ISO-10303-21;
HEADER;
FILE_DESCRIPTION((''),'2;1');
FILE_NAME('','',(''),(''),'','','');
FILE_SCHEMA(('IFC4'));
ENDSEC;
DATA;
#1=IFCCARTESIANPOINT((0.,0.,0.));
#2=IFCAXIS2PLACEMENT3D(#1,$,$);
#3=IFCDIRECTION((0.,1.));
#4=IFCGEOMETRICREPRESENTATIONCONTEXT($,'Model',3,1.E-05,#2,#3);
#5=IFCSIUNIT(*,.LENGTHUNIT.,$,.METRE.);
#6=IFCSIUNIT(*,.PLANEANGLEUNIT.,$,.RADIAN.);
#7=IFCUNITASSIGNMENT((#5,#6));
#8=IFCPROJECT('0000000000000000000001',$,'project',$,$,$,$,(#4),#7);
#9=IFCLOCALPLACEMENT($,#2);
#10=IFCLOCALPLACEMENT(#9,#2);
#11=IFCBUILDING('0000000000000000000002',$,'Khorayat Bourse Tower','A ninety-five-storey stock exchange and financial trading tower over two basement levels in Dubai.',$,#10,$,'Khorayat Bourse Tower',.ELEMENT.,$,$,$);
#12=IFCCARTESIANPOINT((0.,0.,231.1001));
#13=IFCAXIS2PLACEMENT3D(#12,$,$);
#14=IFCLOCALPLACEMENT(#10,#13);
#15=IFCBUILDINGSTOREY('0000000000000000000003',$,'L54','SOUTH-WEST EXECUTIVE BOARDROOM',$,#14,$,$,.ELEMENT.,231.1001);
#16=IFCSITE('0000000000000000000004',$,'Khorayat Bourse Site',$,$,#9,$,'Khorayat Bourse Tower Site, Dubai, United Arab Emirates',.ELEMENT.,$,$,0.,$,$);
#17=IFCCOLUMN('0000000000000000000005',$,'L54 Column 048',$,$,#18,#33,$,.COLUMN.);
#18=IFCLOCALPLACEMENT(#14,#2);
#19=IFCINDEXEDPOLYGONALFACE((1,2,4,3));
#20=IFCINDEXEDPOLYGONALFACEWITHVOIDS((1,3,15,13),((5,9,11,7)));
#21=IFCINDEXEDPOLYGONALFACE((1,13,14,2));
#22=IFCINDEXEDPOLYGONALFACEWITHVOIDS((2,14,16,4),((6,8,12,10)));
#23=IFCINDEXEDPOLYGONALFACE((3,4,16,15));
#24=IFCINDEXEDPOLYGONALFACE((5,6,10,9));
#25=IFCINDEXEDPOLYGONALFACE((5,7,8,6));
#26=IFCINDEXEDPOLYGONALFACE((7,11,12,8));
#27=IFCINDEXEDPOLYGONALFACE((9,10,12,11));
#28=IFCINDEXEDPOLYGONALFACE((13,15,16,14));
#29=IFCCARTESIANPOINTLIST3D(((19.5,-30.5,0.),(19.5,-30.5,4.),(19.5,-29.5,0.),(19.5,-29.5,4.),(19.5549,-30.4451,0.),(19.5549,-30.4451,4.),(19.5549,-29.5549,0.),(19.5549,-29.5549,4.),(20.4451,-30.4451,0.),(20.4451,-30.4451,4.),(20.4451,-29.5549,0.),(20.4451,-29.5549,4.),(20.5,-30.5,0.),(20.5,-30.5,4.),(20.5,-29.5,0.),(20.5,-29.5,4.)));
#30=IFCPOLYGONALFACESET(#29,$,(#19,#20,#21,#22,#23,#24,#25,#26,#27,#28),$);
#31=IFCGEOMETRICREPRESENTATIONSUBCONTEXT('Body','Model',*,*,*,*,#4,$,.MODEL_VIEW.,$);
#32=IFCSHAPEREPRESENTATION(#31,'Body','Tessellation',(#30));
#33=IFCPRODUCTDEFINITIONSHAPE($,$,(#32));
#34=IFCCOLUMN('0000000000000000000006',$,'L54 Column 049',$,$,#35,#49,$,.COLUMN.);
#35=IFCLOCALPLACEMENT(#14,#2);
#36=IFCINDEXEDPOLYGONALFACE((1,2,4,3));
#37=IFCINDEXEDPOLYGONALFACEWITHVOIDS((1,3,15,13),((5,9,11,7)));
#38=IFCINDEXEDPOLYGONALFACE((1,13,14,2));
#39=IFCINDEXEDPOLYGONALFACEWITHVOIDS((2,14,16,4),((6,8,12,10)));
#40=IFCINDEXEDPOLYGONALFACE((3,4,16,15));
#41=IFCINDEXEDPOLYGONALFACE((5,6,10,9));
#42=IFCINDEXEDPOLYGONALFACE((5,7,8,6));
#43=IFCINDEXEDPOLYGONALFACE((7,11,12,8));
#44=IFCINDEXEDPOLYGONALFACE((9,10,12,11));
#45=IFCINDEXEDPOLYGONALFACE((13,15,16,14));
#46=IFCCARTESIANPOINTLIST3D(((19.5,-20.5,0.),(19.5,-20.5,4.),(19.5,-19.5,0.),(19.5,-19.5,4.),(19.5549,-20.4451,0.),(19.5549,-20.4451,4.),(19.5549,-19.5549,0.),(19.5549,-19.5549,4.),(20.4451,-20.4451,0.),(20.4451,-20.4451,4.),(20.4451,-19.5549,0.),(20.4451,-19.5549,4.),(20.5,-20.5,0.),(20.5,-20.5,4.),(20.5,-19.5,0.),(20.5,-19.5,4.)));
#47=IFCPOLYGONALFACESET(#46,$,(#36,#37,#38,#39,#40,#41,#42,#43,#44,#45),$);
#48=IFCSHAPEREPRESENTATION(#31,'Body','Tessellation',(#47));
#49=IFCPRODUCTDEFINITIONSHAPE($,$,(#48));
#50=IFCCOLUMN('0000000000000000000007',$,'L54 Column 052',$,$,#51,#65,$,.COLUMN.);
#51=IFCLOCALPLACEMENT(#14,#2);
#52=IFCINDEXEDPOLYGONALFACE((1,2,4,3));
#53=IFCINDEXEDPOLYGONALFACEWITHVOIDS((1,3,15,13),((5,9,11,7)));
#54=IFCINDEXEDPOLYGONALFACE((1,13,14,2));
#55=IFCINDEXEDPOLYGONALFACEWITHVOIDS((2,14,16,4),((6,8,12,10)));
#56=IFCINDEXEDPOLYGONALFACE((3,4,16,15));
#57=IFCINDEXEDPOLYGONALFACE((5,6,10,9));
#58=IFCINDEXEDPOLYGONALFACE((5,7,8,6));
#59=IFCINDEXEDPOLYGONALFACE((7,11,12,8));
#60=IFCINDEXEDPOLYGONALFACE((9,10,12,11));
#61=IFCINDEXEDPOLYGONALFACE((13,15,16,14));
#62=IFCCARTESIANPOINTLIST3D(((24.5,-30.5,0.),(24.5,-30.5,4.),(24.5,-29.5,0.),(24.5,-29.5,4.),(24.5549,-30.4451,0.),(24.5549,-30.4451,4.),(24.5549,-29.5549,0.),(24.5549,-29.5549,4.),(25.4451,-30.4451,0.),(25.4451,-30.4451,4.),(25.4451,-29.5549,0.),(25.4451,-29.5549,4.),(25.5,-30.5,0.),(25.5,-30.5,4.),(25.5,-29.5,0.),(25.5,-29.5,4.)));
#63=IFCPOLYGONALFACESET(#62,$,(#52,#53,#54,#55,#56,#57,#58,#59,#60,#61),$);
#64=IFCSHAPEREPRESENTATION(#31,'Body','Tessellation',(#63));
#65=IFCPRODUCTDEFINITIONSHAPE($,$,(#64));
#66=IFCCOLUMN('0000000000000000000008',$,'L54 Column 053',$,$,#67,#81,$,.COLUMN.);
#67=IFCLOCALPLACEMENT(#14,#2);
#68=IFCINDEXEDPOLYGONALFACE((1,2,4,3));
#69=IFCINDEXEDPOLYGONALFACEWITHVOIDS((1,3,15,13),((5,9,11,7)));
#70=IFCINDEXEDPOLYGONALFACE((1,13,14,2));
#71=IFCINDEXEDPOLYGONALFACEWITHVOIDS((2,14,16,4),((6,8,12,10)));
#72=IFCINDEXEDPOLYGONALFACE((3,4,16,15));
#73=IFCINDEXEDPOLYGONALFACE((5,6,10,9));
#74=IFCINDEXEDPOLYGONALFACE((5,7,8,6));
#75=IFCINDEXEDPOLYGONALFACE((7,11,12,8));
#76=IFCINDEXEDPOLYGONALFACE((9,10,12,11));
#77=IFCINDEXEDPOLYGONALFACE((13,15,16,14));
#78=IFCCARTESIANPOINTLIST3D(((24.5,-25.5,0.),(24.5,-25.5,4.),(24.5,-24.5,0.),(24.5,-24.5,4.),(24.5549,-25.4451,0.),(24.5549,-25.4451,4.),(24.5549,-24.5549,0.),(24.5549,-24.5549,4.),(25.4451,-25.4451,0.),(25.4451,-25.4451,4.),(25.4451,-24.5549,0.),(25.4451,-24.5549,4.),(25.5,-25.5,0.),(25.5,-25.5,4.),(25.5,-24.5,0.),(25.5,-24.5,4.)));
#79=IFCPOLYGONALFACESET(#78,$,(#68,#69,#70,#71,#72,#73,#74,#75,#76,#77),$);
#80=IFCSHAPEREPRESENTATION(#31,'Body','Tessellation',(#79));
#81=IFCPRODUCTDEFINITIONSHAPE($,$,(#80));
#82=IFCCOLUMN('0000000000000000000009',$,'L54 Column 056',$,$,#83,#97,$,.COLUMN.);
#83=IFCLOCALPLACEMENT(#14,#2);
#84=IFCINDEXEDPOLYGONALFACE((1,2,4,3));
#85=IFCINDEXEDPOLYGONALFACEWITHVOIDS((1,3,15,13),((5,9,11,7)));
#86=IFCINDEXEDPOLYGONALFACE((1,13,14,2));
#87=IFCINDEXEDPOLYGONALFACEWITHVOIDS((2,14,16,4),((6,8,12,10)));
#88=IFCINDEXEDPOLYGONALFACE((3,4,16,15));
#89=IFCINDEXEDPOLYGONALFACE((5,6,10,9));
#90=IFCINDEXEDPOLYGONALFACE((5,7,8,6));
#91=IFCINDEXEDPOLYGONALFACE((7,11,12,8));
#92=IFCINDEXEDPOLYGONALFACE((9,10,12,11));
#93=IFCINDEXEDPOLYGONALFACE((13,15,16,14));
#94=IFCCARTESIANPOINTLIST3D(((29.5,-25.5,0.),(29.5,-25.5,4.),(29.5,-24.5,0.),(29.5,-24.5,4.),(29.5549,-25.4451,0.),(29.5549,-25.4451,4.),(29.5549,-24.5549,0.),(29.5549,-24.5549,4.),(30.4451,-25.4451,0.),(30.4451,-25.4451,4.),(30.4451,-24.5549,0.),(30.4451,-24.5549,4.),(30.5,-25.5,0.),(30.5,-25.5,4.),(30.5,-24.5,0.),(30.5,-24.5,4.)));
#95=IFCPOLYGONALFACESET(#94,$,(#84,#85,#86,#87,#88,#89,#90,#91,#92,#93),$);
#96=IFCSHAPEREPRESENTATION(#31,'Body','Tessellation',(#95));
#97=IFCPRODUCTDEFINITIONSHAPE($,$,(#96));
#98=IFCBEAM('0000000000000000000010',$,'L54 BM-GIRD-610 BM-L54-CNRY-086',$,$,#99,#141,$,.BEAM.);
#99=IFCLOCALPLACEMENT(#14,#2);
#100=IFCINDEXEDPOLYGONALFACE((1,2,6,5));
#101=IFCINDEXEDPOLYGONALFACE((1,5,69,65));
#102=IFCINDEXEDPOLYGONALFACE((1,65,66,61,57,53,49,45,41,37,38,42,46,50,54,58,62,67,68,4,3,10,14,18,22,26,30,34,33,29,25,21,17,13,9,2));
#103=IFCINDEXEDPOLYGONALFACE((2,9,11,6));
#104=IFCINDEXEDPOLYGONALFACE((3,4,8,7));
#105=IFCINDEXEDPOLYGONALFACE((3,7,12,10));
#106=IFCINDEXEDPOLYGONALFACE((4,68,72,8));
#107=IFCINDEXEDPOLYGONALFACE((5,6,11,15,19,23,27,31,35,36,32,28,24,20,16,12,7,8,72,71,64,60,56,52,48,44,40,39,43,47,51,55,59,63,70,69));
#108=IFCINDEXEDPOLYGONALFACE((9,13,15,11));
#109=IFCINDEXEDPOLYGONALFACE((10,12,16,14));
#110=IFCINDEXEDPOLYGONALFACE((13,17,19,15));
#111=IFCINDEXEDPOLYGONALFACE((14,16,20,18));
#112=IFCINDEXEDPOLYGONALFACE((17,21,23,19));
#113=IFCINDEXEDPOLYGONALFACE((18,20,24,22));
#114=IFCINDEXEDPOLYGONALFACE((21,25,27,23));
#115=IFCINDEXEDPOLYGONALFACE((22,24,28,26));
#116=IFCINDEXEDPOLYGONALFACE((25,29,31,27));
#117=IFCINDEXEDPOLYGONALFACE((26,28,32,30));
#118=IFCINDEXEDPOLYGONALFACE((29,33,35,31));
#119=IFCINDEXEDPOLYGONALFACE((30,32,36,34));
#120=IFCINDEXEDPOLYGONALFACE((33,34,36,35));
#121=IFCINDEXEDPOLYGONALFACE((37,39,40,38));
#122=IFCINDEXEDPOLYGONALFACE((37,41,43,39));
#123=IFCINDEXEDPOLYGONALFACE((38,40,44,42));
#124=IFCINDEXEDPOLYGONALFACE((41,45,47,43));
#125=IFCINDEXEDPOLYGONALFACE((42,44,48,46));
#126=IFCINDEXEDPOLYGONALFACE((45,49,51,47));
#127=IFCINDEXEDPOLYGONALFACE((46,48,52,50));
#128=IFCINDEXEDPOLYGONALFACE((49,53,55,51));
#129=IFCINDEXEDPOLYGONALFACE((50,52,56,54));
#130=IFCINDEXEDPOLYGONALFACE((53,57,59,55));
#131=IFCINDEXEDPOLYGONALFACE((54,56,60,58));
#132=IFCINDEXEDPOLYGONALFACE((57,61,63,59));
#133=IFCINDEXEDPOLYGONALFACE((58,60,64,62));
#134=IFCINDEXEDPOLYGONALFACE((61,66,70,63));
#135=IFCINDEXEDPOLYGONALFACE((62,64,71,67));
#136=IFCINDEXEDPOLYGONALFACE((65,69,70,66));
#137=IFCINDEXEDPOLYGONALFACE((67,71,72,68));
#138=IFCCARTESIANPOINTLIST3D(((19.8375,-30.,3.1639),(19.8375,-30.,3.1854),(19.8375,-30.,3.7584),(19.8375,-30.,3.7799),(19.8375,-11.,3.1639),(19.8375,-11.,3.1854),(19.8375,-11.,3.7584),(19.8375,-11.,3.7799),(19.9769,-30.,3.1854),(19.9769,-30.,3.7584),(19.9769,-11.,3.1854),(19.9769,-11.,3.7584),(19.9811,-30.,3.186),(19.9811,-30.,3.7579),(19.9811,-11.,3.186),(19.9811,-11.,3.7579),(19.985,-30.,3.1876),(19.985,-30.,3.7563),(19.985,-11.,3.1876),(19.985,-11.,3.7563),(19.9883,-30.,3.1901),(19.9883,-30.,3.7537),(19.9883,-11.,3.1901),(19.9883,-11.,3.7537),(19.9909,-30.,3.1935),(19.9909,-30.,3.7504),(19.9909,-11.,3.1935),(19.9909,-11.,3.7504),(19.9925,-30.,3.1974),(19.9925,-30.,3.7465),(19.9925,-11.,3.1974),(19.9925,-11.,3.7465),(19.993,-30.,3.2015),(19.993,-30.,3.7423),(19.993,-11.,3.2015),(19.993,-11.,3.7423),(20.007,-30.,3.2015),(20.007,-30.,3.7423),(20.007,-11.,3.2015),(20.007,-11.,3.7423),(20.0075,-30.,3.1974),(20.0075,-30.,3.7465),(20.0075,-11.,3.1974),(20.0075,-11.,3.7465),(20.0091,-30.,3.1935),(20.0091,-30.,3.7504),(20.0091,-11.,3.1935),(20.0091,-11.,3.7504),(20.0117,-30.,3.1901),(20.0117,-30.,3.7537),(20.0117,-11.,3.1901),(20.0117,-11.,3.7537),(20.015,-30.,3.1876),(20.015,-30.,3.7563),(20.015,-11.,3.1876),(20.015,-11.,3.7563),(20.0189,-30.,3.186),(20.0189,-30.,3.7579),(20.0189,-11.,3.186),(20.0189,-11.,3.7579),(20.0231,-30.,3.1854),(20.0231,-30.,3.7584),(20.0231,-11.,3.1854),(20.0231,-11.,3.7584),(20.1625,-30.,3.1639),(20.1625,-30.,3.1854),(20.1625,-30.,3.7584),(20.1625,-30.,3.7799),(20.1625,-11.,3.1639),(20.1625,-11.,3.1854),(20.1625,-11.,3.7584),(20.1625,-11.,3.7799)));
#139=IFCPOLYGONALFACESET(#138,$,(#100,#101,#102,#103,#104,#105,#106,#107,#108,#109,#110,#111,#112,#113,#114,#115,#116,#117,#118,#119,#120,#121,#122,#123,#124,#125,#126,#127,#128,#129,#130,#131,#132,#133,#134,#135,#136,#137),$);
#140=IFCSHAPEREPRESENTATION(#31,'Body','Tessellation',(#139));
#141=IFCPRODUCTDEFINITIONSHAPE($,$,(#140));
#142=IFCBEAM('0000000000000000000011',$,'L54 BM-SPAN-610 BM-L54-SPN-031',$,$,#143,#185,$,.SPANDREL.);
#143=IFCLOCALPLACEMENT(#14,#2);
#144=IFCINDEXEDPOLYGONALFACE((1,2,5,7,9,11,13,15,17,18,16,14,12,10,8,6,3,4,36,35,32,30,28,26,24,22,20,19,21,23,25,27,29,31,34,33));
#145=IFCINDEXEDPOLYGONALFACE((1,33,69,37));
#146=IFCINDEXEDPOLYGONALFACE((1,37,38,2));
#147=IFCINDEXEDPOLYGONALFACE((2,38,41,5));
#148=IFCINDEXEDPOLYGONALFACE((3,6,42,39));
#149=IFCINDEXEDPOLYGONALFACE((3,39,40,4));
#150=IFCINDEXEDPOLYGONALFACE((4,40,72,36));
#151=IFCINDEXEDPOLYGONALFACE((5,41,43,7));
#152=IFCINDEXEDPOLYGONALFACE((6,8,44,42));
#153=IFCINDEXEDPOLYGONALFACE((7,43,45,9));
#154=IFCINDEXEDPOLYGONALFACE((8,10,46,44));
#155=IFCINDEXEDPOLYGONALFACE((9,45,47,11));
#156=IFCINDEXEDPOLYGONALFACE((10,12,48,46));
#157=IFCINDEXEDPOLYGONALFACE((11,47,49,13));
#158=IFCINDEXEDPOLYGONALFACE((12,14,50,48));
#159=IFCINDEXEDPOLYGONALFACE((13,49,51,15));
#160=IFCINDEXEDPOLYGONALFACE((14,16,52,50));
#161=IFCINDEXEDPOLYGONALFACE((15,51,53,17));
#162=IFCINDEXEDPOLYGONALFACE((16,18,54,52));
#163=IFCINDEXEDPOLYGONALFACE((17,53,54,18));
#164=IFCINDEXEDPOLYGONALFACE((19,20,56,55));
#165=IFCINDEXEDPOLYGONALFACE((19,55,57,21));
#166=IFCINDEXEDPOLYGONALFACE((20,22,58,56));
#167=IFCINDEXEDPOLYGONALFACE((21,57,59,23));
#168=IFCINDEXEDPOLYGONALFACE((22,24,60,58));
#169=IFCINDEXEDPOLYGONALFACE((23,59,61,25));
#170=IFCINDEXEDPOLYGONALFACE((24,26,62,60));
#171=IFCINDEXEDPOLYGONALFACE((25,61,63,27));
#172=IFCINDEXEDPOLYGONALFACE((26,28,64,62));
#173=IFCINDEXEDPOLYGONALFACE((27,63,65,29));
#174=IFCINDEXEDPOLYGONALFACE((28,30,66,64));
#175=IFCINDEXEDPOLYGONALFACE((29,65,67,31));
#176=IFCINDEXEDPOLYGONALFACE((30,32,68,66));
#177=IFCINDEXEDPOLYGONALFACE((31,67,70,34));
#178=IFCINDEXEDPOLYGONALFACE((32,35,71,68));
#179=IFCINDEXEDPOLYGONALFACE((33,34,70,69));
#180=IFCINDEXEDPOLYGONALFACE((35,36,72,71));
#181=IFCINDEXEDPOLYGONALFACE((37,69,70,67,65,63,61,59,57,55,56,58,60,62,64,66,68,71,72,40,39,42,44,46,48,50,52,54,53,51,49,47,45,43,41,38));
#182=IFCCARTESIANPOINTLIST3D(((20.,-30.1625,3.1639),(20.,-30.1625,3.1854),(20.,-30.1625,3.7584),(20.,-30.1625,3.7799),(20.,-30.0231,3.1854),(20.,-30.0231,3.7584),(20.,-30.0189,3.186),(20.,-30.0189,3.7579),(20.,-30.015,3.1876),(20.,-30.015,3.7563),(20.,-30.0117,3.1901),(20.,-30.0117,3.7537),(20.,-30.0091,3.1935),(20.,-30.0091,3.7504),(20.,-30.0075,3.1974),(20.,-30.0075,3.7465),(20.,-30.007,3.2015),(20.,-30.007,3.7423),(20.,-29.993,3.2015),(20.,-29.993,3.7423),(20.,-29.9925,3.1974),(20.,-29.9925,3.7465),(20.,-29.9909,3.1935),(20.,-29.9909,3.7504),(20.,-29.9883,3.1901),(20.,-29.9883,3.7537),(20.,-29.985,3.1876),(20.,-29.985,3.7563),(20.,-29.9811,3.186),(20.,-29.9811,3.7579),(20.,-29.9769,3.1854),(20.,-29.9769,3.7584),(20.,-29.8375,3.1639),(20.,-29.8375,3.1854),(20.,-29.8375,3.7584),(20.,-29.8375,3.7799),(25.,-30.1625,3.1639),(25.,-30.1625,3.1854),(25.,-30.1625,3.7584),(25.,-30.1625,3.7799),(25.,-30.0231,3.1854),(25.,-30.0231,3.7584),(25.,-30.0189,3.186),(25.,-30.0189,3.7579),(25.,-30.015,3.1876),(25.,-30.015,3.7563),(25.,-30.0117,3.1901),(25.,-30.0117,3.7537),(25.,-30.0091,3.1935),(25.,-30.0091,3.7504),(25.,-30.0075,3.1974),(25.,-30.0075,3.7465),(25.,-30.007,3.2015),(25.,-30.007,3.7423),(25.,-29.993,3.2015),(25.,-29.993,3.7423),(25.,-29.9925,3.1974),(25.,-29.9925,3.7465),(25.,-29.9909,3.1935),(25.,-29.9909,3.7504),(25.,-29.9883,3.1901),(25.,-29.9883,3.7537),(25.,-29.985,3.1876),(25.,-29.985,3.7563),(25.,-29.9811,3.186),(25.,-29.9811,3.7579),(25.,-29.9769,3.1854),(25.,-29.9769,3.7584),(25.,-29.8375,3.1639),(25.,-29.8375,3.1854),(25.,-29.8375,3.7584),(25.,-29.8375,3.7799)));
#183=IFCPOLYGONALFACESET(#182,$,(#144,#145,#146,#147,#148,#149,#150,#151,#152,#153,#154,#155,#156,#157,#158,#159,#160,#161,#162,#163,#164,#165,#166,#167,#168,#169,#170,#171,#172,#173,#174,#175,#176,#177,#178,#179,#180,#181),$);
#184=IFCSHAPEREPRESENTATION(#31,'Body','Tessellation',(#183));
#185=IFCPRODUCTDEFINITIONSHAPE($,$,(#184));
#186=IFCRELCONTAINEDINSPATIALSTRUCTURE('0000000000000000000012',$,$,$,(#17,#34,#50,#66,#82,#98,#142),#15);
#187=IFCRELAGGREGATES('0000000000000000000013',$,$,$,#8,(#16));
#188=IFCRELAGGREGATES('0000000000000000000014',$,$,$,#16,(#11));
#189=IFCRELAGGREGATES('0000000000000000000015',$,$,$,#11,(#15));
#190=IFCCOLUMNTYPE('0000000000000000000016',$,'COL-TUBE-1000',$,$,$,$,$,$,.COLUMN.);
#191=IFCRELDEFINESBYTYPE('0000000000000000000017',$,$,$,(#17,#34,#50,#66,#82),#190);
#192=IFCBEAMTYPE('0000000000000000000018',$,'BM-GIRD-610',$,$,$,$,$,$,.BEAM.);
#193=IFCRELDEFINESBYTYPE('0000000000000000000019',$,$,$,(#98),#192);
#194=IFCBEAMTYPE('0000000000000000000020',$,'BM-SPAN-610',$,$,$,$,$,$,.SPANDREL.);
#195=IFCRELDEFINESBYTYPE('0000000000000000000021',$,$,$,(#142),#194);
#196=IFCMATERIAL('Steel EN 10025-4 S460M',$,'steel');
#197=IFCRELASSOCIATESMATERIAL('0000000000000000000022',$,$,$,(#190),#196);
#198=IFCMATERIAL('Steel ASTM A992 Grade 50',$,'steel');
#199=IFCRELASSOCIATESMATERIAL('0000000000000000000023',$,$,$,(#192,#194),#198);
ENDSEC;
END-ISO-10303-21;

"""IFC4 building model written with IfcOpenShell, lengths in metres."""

from ifc_helpers import new_model, si_unit, direction, frame, origin, origin_2d, place, context, subcontext, project, spatial, hollow_rectangle, i_section, extrude, source, transform, mapped, material, material_profile, profile_set, type_object, element, save


model = new_model("IFC4")

# Units and contexts
model_context = context("Model", 3, precision=1e-05, world=origin(), true_north=direction((0.0, 1.0)))
body_context = subcontext(model_context, "Body", "Model", "MODEL_VIEW")
ifc_project = project(units=[si_unit("LENGTHUNIT", "METRE"), si_unit("PLANEANGLEUNIT", "RADIAN")], contexts=[model_context])

# Site, building, storey
site_placement = place(None, origin())
site = spatial("IfcSite", under=ifc_project, at=site_placement, Name="Khorayat Bourse Site", LongName="Khorayat Bourse Tower Site, Dubai, United Arab Emirates", CompositionType="ELEMENT", RefElevation=0.0)
building_placement = place(site_placement, origin())
building = spatial("IfcBuilding", under=site, at=building_placement, Name="Khorayat Bourse Tower", Description="A ninety-five-storey stock exchange and financial trading tower over two basement levels in Dubai.", LongName="Khorayat Bourse Tower", CompositionType="ELEMENT")
storey_placement = place(building_placement, frame((0.0, 0.0, 231.1001)))
storey = spatial("IfcBuildingStorey", under=building, at=storey_placement, Name="L54", Description="SOUTH-WEST EXECUTIVE BOARDROOM", CompositionType="ELEMENT", Elevation=231.1001)

# Columns
ifc_material_1 = material(Name="Steel EN 10025-4 S460M", Category="steel")
ifc_material_profile_1 = material_profile(ifc_material_1, hollow_rectangle(XDim=1.0, YDim=1.0, WallThickness=0.0549, at=origin_2d()), Name="BOX 1000x1000x55")
ifc_profile_set_1 = profile_set([ifc_material_profile_1], Name="Steel EN 10025-4 S460M")
column_type = type_object("IfcColumnType", Name="COL-TUBE-1000", PredefinedType="COLUMN", material=ifc_profile_set_1)
shared_shape_1 = source(origin(), body_context, "Body", "SweptSolid", [
    extrude(hollow_rectangle(XDim=1.0, YDim=1.0, WallThickness=0.0549, at=origin_2d()), origin(), (0.0, 0.0, 1.0), 4.0),
])
for number, where, z_axis, x_axis, name in (
    (1, (20.0, -30.0, 0.0), (0.0, 0.0, 1.0), (1.0, 0.0, 0.0), "L54 Column 048"),
    (2, (20.0, -20.0, 0.0), (0.0, 0.0, 1.0), (1.0, 0.0, 0.0), "L54 Column 049"),
    (3, (25.0, -30.0, 0.0), (0.0, 0.0, 1.0), (1.0, 0.0, 0.0), "L54 Column 052"),
    (4, (25.0, -25.0, 0.0), (0.0, 0.0, 1.0), (1.0, 0.0, 0.0), "L54 Column 053"),
    (5, (30.0, -25.0, 0.0), (0.0, 0.0, 1.0), (1.0, 0.0, 0.0), "L54 Column 056"),
):
    element("IfcColumn", number, at=place(storey_placement, frame(where, z_axis=z_axis, x_axis=x_axis)), inside=storey, type_object=column_type, Name=name, PredefinedType="COLUMN", context=body_context, shape_type="MappedRepresentation", body=[
        mapped(shared_shape_1, transform((0.0, 0.0, 0.0), scale=1.0)),
    ])

# Beams
ifc_material_2 = material(Name="Steel ASTM A992 Grade 50", Category="steel")
ifc_material_profile_2 = material_profile(ifc_material_2, i_section(OverallWidth=0.325, OverallDepth=0.616, WebThickness=0.0139, FlangeThickness=0.0215, FilletRadius=0.0161, at=origin_2d()), Name="W610X174")
ifc_profile_set_2 = profile_set([ifc_material_profile_2], Name="Steel ASTM A992 Grade 50")
beam_type_1 = type_object("IfcBeamType", Name="BM-GIRD-610", PredefinedType="BEAM", material=ifc_profile_set_2)
shared_shape_2 = source(origin(), body_context, "Body", "SweptSolid", [
    extrude(i_section(OverallWidth=0.325, OverallDepth=0.616, WebThickness=0.0139, FlangeThickness=0.0215, FilletRadius=0.0161, at=origin_2d()), origin(), (0.0, 0.0, 1.0), 19.0),
])
beam_1_placement = place(storey_placement, frame((20.0, -30.0, 3.4719), z_axis=(0.0, 1.0, 0.0), x_axis=(-1.0, 0.0, 0.0)))
element("IfcBeam", 6, at=beam_1_placement, inside=storey, type_object=beam_type_1, Name="L54 BM-GIRD-610 BM-L54-CNRY-086", PredefinedType="BEAM", context=body_context, shape_type="MappedRepresentation", body=[
    mapped(shared_shape_2, transform((0.0, 0.0, 0.0), scale=1.0)),
])
ifc_material_profile_3 = material_profile(ifc_material_2, i_section(OverallWidth=0.325, OverallDepth=0.616, WebThickness=0.0139, FlangeThickness=0.0215, FilletRadius=0.0161, at=origin_2d()), Name="W610X174")
ifc_profile_set_3 = profile_set([ifc_material_profile_3], Name="Steel ASTM A992 Grade 50")
beam_type_2 = type_object("IfcBeamType", Name="BM-SPAN-610", PredefinedType="SPANDREL", material=ifc_profile_set_3)
shared_shape_3 = source(origin(), body_context, "Body", "SweptSolid", [
    extrude(i_section(OverallWidth=0.325, OverallDepth=0.616, WebThickness=0.0139, FlangeThickness=0.0215, FilletRadius=0.0161, at=origin_2d()), origin(), (0.0, 0.0, 1.0), 5.0),
])
for number, where, z_axis, x_axis, name in (
    (7, (20.0, -30.0, 3.4719), (1.0, 0.0, 0.0), (0.0, 1.0, 0.0), "L54 BM-SPAN-610 BM-L54-SPN-031"),
):
    element("IfcBeam", number, at=place(storey_placement, frame(where, z_axis=z_axis, x_axis=x_axis)), inside=storey, type_object=beam_type_2, Name=name, PredefinedType="SPANDREL", context=body_context, shape_type="MappedRepresentation", body=[
        mapped(shared_shape_3, transform((0.0, 0.0, 0.0), scale=1.0)),
    ])

save(model, "model.ifc")
